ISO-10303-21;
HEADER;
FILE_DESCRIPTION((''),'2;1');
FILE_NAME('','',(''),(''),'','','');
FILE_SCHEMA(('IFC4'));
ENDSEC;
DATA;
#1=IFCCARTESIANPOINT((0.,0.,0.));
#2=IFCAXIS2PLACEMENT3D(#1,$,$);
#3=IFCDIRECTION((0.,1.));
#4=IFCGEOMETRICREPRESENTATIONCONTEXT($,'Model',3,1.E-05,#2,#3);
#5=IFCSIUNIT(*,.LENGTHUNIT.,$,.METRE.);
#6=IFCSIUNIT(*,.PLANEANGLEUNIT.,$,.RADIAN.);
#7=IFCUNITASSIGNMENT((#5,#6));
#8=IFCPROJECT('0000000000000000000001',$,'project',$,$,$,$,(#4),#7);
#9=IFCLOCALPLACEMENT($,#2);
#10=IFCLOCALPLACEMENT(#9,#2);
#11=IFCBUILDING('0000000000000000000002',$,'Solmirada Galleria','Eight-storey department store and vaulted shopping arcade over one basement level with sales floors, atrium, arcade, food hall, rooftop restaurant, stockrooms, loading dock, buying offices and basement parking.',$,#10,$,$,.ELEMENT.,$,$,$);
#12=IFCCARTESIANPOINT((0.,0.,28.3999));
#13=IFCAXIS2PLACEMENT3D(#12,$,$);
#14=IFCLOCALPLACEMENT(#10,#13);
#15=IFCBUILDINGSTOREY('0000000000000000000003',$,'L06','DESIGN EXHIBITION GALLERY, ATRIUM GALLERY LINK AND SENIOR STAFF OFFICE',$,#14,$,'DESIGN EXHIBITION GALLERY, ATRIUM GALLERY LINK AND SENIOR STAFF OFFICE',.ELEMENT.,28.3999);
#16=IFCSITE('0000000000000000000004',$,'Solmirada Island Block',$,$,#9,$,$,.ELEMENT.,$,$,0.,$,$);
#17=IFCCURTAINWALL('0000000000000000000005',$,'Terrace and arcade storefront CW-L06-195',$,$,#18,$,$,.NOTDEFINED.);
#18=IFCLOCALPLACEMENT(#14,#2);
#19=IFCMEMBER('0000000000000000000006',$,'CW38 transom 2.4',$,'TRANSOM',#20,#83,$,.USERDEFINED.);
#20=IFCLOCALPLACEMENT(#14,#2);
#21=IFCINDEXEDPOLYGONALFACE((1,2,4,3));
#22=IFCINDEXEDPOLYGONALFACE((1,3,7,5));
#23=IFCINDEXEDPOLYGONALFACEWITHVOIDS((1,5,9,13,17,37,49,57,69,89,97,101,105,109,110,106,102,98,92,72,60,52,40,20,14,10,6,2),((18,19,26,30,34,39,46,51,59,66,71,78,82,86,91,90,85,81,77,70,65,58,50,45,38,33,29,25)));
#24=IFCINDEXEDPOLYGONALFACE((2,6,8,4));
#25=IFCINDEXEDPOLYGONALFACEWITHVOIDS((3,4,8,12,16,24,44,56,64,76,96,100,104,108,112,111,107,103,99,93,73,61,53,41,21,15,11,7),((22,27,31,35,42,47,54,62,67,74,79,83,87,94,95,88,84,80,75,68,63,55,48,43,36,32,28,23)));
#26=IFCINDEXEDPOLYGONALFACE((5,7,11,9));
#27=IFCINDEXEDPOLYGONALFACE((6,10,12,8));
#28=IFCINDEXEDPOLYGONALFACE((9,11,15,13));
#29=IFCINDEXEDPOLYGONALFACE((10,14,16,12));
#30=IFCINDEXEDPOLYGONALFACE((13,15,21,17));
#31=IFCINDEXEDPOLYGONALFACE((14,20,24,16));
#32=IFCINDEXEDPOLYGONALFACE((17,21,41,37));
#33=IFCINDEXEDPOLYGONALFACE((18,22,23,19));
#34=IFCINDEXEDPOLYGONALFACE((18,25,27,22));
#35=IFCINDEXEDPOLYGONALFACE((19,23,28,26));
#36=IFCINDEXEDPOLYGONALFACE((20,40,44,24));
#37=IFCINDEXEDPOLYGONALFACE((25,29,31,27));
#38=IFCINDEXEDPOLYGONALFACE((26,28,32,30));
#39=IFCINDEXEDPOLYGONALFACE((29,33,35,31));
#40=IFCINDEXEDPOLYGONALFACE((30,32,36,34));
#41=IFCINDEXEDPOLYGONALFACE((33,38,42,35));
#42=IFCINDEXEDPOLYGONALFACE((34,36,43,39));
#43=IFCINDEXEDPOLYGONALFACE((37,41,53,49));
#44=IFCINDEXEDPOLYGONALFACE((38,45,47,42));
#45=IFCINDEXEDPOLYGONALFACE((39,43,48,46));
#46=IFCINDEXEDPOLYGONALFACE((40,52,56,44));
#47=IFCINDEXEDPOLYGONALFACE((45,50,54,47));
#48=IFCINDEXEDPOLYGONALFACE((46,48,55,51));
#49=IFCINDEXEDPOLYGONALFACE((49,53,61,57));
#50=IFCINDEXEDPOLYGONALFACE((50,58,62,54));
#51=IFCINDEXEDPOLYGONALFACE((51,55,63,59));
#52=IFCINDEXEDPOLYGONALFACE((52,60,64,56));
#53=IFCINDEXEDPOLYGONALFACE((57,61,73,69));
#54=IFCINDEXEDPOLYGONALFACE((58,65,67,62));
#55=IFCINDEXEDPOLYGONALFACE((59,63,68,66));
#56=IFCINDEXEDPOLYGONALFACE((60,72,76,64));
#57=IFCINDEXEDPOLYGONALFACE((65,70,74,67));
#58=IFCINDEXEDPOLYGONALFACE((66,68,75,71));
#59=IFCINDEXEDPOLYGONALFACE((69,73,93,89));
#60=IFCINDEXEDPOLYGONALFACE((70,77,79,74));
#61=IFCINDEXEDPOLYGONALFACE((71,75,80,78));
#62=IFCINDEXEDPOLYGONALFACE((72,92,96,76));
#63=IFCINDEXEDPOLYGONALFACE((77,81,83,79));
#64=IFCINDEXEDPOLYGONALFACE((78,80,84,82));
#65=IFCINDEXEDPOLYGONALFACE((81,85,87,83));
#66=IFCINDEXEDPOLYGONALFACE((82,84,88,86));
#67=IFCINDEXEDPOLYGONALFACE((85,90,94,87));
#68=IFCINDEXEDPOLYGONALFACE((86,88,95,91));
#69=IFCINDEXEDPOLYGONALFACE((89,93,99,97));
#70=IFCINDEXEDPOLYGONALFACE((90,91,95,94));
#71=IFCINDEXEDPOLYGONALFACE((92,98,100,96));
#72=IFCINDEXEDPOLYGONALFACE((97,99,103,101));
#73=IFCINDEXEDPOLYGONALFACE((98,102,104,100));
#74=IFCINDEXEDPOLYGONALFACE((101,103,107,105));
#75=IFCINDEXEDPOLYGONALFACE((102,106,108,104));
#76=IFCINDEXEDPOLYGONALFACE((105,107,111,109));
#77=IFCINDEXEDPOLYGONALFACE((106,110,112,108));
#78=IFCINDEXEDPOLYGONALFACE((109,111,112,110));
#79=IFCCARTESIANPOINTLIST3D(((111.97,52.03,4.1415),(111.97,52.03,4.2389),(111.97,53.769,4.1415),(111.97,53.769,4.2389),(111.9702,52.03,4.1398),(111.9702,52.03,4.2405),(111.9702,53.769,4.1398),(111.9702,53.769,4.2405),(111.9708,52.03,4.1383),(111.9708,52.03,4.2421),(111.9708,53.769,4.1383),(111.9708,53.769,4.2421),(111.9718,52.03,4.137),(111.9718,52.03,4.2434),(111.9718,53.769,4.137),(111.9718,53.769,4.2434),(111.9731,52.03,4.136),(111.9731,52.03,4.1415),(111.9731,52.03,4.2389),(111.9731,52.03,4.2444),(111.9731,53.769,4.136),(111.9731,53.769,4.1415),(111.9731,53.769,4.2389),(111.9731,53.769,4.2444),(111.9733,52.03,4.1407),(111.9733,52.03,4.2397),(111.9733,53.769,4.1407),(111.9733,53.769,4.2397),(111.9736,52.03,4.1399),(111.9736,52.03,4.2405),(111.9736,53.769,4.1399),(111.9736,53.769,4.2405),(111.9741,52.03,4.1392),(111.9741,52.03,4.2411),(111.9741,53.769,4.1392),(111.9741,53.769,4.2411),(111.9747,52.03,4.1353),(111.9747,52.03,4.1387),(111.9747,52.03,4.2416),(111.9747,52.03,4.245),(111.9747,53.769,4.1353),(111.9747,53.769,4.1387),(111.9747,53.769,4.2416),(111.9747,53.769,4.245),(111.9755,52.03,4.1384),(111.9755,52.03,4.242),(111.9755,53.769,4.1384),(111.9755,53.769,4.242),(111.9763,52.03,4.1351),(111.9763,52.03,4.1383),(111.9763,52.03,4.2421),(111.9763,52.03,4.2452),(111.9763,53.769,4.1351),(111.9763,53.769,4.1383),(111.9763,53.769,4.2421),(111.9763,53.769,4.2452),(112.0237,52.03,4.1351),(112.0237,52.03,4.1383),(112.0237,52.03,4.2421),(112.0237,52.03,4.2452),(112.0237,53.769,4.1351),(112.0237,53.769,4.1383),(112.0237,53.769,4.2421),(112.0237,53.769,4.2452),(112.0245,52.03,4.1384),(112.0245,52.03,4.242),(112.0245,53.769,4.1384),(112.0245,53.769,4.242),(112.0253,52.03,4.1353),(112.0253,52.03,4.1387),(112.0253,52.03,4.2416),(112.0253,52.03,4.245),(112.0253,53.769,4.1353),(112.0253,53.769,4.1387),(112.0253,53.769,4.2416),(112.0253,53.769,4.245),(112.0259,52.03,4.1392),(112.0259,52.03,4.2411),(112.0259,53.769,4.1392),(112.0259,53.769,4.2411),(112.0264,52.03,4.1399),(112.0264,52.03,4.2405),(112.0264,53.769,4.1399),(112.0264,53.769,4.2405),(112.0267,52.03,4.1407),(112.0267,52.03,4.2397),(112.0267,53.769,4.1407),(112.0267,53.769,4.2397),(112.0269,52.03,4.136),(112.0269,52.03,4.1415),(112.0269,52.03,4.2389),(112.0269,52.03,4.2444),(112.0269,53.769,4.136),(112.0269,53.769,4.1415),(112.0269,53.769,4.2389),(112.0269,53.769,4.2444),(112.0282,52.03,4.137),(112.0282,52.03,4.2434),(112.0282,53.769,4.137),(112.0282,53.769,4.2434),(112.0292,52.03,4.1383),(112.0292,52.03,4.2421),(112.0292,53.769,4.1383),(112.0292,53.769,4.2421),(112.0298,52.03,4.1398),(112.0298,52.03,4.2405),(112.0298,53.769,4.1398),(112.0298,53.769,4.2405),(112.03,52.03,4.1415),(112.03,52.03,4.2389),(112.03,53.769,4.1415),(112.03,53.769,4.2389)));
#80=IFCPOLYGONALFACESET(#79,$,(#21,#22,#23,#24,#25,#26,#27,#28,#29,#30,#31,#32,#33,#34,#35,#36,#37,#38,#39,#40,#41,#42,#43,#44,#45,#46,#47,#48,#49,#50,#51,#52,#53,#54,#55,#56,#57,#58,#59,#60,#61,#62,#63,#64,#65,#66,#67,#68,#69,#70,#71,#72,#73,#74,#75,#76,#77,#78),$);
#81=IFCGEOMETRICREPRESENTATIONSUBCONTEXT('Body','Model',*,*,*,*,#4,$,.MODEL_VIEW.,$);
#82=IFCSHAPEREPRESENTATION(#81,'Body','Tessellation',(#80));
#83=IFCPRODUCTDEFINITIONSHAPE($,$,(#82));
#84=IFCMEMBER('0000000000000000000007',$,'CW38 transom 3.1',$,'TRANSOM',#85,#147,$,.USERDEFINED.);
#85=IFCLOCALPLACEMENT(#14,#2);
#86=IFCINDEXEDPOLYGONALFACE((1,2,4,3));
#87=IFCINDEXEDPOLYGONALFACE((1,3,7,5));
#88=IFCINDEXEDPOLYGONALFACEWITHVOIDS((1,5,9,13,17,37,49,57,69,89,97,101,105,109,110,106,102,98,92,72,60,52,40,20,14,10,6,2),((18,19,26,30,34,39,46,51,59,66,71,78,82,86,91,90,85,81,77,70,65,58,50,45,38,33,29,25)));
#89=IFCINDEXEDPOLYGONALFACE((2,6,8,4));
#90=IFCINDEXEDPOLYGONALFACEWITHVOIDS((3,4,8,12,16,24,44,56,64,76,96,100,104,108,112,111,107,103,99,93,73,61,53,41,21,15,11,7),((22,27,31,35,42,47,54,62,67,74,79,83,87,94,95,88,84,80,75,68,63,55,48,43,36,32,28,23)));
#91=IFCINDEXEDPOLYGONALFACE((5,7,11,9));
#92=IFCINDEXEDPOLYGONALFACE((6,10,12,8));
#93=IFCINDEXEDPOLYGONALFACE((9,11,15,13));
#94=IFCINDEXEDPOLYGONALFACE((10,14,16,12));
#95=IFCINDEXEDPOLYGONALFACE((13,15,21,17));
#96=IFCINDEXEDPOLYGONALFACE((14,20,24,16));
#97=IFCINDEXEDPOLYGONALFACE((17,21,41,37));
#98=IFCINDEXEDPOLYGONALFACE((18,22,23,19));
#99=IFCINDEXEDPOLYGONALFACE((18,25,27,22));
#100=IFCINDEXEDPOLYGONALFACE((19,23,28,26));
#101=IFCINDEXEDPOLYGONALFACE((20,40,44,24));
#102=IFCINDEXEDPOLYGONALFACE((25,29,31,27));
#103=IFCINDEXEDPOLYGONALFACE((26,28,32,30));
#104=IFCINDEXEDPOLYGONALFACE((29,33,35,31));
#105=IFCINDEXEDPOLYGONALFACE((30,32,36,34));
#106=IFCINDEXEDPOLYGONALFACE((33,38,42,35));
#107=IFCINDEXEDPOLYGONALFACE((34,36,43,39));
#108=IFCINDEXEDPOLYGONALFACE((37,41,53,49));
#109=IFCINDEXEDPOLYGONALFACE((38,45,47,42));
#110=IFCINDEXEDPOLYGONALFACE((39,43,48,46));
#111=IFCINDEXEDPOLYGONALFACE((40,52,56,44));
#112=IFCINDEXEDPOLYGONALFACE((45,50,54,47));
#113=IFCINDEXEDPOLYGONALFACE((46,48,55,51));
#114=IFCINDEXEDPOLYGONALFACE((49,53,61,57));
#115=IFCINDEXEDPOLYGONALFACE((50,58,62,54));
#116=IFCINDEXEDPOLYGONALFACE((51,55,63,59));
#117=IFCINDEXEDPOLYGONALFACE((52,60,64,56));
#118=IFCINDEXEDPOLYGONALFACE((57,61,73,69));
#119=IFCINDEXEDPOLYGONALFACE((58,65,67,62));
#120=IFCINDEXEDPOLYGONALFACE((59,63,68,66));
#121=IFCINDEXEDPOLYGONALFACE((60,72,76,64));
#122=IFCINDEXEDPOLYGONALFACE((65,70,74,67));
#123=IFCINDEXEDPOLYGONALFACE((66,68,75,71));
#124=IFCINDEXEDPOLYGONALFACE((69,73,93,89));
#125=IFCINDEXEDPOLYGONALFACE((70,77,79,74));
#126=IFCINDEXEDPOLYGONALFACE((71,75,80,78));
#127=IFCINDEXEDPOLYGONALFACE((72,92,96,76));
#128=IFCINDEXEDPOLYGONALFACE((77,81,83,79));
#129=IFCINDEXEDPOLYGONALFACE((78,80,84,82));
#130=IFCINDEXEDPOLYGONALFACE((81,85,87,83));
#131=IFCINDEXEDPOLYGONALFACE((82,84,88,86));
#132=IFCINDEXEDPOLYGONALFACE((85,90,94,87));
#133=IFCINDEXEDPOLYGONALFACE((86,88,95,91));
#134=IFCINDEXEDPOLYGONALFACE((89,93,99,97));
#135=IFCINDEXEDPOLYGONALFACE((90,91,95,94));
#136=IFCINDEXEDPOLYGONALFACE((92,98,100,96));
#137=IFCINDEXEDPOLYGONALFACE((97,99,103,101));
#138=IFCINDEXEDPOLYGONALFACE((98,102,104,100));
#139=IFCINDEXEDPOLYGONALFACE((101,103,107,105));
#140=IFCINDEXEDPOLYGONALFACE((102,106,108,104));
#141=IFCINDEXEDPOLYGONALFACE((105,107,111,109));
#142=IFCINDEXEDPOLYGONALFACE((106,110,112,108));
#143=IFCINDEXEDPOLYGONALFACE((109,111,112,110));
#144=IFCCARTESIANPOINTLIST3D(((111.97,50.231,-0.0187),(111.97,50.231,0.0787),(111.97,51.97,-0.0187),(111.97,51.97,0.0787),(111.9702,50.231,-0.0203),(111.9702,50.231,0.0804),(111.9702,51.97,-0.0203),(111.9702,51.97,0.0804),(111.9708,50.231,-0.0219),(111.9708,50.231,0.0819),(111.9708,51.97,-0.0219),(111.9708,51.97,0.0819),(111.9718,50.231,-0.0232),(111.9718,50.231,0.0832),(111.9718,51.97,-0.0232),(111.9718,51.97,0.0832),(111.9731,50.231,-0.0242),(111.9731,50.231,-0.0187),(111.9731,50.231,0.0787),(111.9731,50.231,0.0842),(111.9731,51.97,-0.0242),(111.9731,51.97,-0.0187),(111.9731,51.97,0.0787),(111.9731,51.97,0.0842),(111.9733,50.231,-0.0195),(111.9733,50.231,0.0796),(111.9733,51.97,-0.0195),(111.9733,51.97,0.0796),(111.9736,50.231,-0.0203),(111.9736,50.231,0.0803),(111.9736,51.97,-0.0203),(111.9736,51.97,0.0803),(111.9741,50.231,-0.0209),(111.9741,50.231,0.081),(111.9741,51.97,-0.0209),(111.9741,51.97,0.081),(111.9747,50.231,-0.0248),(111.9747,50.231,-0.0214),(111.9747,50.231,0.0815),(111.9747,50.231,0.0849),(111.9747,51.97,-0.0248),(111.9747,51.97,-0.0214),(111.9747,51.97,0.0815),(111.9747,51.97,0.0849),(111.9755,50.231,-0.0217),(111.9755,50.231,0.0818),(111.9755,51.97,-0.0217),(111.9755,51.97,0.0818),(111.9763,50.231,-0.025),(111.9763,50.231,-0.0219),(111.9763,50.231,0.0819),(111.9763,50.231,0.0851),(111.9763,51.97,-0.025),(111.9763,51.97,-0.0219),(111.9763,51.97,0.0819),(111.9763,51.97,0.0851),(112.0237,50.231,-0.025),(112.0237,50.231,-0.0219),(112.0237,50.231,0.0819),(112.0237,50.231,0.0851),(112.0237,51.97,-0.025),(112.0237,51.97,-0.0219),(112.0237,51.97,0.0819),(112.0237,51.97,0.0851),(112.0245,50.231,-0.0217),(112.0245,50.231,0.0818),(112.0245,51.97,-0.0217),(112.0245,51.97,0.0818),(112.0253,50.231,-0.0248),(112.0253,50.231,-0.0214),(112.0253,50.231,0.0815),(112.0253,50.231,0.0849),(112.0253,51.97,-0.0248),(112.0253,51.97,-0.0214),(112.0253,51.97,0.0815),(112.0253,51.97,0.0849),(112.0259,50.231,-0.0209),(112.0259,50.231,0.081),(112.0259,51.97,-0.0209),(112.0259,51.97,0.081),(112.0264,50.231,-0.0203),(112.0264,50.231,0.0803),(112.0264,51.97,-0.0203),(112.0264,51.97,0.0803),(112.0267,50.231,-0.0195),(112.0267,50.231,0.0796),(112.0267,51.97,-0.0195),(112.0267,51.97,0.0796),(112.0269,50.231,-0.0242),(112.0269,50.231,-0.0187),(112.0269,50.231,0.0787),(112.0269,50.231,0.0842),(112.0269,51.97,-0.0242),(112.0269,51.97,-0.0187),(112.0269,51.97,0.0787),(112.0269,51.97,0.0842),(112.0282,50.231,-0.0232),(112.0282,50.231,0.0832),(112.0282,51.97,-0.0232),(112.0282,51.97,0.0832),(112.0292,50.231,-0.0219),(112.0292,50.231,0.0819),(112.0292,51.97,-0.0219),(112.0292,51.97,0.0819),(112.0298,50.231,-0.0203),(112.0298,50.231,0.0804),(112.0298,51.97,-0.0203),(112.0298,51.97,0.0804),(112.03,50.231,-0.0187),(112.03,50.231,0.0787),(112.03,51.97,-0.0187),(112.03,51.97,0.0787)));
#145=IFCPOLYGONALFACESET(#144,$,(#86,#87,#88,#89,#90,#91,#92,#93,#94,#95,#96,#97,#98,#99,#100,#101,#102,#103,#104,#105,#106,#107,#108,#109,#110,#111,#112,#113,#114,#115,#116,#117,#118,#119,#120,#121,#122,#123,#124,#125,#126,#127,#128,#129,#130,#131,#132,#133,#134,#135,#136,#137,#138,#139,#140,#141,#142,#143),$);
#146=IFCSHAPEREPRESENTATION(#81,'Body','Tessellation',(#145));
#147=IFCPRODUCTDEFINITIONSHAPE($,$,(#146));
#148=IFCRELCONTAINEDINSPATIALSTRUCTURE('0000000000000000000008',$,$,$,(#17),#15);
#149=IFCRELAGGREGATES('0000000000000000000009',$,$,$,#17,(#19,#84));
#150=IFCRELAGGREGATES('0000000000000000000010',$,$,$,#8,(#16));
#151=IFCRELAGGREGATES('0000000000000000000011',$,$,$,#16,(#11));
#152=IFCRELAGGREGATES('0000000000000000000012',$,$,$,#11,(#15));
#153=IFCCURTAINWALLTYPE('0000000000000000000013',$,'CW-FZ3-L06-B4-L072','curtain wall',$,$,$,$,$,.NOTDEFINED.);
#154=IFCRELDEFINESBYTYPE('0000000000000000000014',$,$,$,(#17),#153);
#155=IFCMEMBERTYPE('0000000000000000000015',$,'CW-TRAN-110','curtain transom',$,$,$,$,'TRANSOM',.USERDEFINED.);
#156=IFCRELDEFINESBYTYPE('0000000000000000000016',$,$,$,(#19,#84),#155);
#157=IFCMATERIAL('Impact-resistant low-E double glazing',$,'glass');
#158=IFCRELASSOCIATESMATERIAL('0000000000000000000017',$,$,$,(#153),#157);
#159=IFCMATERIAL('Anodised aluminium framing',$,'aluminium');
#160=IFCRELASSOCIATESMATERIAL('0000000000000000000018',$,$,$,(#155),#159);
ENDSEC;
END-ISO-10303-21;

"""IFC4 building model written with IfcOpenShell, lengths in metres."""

from ifc_helpers import new_model, si_unit, direction, frame, origin, origin_2d, place, context, subcontext, project, spatial, hollow_rectangle, extrude, material, material_profile, profile_set, type_object, element, aggregate, save


model = new_model("IFC4")

# Units and contexts
model_context = context("Model", 3, precision=1e-05, world=origin(), true_north=direction((0.0, 1.0)))
body_context = subcontext(model_context, "Body", "Model", "MODEL_VIEW")
ifc_project = project(units=[si_unit("LENGTHUNIT", "METRE"), si_unit("PLANEANGLEUNIT", "RADIAN")], contexts=[model_context])

# Site, building, storey
site_placement = place(None, origin())
site = spatial("IfcSite", under=ifc_project, at=site_placement, Name="Solmirada Island Block", CompositionType="ELEMENT", RefElevation=0.0)
building_placement = place(site_placement, origin())
building = spatial("IfcBuilding", under=site, at=building_placement, Name="Solmirada Galleria", Description="Eight-storey department store and vaulted shopping arcade over one basement level with sales floors, atrium, arcade, food hall, rooftop restaurant, stockrooms, loading dock, buying offices and basement parking.", CompositionType="ELEMENT")
storey_placement = place(building_placement, frame((0.0, 0.0, 28.3999)))
storey = spatial("IfcBuildingStorey", under=building, at=storey_placement, Name="L06", Description="DESIGN EXHIBITION GALLERY, ATRIUM GALLERY LINK AND SENIOR STAFF OFFICE", LongName="DESIGN EXHIBITION GALLERY, ATRIUM GALLERY LINK AND SENIOR STAFF OFFICE", CompositionType="ELEMENT", Elevation=28.3999)

# Curtain wall
ifc_material_1 = material(Name="Impact-resistant low-E double glazing", Category="glass")
curtain_wall_type = type_object("IfcCurtainWallType", Name="CW-FZ3-L06-B4-L072", Description="curtain wall", PredefinedType="NOTDEFINED", material=ifc_material_1)
curtain_wall_1_placement = place(storey_placement, origin())
curtain_wall_1 = element("IfcCurtainWall", 1, at=curtain_wall_1_placement, inside=storey, type_object=curtain_wall_type, Name="Terrace and arcade storefront CW-L06-195", PredefinedType="NOTDEFINED")
ifc_material_2 = material(Name="Anodised aluminium framing", Category="aluminium")

# Members
ifc_material_profile_1 = material_profile(ifc_material_2, hollow_rectangle(XDim=0.0601, YDim=0.1101, WallThickness=0.0032, InnerFilletRadius=0.0032, OuterFilletRadius=0.0063, at=origin_2d()), Name="ALU-TRAN-110X60")
ifc_profile_set_1 = profile_set([ifc_material_profile_1], Name="Anodised aluminium framing")
member_type_1 = type_object("IfcMemberType", Name="CW-TRAN-110", Description="curtain transom", ElementType="TRANSOM", PredefinedType="USERDEFINED", material=ifc_profile_set_1)
member_1_placement = place(storey_placement, frame((112.0, 53.769, 4.1902), z_axis=(0.0, -1.0, 0.0), x_axis=(1.0, 0.0, 0.0)))
member_1 = element("IfcMember", 2, at=member_1_placement, type_object=member_type_1, Name="CW38 transom 2.4", ObjectType="TRANSOM", PredefinedType="USERDEFINED", context=body_context, shape_type="SweptSolid", body=[
    extrude(hollow_rectangle(XDim=0.0601, YDim=0.1101, WallThickness=0.0032, InnerFilletRadius=0.0032, OuterFilletRadius=0.0063, at=origin_2d()), origin(), (0.0, 0.0, 1.0), 1.739),
])
member_2_placement = place(storey_placement, frame((112.0, 51.97, 0.03), z_axis=(0.0, -1.0, 0.0), x_axis=(1.0, 0.0, 0.0)))
member_2 = element("IfcMember", 3, at=member_2_placement, type_object=member_type_1, Name="CW38 transom 3.1", ObjectType="TRANSOM", PredefinedType="USERDEFINED", context=body_context, shape_type="SweptSolid", body=[
    extrude(hollow_rectangle(XDim=0.0601, YDim=0.1101, WallThickness=0.0032, InnerFilletRadius=0.0032, OuterFilletRadius=0.0063, at=origin_2d()), origin(), (0.0, 0.0, 1.0), 1.739),
])

aggregate(curtain_wall_1, [member_1, member_2])

save(model, "model.ifc")
